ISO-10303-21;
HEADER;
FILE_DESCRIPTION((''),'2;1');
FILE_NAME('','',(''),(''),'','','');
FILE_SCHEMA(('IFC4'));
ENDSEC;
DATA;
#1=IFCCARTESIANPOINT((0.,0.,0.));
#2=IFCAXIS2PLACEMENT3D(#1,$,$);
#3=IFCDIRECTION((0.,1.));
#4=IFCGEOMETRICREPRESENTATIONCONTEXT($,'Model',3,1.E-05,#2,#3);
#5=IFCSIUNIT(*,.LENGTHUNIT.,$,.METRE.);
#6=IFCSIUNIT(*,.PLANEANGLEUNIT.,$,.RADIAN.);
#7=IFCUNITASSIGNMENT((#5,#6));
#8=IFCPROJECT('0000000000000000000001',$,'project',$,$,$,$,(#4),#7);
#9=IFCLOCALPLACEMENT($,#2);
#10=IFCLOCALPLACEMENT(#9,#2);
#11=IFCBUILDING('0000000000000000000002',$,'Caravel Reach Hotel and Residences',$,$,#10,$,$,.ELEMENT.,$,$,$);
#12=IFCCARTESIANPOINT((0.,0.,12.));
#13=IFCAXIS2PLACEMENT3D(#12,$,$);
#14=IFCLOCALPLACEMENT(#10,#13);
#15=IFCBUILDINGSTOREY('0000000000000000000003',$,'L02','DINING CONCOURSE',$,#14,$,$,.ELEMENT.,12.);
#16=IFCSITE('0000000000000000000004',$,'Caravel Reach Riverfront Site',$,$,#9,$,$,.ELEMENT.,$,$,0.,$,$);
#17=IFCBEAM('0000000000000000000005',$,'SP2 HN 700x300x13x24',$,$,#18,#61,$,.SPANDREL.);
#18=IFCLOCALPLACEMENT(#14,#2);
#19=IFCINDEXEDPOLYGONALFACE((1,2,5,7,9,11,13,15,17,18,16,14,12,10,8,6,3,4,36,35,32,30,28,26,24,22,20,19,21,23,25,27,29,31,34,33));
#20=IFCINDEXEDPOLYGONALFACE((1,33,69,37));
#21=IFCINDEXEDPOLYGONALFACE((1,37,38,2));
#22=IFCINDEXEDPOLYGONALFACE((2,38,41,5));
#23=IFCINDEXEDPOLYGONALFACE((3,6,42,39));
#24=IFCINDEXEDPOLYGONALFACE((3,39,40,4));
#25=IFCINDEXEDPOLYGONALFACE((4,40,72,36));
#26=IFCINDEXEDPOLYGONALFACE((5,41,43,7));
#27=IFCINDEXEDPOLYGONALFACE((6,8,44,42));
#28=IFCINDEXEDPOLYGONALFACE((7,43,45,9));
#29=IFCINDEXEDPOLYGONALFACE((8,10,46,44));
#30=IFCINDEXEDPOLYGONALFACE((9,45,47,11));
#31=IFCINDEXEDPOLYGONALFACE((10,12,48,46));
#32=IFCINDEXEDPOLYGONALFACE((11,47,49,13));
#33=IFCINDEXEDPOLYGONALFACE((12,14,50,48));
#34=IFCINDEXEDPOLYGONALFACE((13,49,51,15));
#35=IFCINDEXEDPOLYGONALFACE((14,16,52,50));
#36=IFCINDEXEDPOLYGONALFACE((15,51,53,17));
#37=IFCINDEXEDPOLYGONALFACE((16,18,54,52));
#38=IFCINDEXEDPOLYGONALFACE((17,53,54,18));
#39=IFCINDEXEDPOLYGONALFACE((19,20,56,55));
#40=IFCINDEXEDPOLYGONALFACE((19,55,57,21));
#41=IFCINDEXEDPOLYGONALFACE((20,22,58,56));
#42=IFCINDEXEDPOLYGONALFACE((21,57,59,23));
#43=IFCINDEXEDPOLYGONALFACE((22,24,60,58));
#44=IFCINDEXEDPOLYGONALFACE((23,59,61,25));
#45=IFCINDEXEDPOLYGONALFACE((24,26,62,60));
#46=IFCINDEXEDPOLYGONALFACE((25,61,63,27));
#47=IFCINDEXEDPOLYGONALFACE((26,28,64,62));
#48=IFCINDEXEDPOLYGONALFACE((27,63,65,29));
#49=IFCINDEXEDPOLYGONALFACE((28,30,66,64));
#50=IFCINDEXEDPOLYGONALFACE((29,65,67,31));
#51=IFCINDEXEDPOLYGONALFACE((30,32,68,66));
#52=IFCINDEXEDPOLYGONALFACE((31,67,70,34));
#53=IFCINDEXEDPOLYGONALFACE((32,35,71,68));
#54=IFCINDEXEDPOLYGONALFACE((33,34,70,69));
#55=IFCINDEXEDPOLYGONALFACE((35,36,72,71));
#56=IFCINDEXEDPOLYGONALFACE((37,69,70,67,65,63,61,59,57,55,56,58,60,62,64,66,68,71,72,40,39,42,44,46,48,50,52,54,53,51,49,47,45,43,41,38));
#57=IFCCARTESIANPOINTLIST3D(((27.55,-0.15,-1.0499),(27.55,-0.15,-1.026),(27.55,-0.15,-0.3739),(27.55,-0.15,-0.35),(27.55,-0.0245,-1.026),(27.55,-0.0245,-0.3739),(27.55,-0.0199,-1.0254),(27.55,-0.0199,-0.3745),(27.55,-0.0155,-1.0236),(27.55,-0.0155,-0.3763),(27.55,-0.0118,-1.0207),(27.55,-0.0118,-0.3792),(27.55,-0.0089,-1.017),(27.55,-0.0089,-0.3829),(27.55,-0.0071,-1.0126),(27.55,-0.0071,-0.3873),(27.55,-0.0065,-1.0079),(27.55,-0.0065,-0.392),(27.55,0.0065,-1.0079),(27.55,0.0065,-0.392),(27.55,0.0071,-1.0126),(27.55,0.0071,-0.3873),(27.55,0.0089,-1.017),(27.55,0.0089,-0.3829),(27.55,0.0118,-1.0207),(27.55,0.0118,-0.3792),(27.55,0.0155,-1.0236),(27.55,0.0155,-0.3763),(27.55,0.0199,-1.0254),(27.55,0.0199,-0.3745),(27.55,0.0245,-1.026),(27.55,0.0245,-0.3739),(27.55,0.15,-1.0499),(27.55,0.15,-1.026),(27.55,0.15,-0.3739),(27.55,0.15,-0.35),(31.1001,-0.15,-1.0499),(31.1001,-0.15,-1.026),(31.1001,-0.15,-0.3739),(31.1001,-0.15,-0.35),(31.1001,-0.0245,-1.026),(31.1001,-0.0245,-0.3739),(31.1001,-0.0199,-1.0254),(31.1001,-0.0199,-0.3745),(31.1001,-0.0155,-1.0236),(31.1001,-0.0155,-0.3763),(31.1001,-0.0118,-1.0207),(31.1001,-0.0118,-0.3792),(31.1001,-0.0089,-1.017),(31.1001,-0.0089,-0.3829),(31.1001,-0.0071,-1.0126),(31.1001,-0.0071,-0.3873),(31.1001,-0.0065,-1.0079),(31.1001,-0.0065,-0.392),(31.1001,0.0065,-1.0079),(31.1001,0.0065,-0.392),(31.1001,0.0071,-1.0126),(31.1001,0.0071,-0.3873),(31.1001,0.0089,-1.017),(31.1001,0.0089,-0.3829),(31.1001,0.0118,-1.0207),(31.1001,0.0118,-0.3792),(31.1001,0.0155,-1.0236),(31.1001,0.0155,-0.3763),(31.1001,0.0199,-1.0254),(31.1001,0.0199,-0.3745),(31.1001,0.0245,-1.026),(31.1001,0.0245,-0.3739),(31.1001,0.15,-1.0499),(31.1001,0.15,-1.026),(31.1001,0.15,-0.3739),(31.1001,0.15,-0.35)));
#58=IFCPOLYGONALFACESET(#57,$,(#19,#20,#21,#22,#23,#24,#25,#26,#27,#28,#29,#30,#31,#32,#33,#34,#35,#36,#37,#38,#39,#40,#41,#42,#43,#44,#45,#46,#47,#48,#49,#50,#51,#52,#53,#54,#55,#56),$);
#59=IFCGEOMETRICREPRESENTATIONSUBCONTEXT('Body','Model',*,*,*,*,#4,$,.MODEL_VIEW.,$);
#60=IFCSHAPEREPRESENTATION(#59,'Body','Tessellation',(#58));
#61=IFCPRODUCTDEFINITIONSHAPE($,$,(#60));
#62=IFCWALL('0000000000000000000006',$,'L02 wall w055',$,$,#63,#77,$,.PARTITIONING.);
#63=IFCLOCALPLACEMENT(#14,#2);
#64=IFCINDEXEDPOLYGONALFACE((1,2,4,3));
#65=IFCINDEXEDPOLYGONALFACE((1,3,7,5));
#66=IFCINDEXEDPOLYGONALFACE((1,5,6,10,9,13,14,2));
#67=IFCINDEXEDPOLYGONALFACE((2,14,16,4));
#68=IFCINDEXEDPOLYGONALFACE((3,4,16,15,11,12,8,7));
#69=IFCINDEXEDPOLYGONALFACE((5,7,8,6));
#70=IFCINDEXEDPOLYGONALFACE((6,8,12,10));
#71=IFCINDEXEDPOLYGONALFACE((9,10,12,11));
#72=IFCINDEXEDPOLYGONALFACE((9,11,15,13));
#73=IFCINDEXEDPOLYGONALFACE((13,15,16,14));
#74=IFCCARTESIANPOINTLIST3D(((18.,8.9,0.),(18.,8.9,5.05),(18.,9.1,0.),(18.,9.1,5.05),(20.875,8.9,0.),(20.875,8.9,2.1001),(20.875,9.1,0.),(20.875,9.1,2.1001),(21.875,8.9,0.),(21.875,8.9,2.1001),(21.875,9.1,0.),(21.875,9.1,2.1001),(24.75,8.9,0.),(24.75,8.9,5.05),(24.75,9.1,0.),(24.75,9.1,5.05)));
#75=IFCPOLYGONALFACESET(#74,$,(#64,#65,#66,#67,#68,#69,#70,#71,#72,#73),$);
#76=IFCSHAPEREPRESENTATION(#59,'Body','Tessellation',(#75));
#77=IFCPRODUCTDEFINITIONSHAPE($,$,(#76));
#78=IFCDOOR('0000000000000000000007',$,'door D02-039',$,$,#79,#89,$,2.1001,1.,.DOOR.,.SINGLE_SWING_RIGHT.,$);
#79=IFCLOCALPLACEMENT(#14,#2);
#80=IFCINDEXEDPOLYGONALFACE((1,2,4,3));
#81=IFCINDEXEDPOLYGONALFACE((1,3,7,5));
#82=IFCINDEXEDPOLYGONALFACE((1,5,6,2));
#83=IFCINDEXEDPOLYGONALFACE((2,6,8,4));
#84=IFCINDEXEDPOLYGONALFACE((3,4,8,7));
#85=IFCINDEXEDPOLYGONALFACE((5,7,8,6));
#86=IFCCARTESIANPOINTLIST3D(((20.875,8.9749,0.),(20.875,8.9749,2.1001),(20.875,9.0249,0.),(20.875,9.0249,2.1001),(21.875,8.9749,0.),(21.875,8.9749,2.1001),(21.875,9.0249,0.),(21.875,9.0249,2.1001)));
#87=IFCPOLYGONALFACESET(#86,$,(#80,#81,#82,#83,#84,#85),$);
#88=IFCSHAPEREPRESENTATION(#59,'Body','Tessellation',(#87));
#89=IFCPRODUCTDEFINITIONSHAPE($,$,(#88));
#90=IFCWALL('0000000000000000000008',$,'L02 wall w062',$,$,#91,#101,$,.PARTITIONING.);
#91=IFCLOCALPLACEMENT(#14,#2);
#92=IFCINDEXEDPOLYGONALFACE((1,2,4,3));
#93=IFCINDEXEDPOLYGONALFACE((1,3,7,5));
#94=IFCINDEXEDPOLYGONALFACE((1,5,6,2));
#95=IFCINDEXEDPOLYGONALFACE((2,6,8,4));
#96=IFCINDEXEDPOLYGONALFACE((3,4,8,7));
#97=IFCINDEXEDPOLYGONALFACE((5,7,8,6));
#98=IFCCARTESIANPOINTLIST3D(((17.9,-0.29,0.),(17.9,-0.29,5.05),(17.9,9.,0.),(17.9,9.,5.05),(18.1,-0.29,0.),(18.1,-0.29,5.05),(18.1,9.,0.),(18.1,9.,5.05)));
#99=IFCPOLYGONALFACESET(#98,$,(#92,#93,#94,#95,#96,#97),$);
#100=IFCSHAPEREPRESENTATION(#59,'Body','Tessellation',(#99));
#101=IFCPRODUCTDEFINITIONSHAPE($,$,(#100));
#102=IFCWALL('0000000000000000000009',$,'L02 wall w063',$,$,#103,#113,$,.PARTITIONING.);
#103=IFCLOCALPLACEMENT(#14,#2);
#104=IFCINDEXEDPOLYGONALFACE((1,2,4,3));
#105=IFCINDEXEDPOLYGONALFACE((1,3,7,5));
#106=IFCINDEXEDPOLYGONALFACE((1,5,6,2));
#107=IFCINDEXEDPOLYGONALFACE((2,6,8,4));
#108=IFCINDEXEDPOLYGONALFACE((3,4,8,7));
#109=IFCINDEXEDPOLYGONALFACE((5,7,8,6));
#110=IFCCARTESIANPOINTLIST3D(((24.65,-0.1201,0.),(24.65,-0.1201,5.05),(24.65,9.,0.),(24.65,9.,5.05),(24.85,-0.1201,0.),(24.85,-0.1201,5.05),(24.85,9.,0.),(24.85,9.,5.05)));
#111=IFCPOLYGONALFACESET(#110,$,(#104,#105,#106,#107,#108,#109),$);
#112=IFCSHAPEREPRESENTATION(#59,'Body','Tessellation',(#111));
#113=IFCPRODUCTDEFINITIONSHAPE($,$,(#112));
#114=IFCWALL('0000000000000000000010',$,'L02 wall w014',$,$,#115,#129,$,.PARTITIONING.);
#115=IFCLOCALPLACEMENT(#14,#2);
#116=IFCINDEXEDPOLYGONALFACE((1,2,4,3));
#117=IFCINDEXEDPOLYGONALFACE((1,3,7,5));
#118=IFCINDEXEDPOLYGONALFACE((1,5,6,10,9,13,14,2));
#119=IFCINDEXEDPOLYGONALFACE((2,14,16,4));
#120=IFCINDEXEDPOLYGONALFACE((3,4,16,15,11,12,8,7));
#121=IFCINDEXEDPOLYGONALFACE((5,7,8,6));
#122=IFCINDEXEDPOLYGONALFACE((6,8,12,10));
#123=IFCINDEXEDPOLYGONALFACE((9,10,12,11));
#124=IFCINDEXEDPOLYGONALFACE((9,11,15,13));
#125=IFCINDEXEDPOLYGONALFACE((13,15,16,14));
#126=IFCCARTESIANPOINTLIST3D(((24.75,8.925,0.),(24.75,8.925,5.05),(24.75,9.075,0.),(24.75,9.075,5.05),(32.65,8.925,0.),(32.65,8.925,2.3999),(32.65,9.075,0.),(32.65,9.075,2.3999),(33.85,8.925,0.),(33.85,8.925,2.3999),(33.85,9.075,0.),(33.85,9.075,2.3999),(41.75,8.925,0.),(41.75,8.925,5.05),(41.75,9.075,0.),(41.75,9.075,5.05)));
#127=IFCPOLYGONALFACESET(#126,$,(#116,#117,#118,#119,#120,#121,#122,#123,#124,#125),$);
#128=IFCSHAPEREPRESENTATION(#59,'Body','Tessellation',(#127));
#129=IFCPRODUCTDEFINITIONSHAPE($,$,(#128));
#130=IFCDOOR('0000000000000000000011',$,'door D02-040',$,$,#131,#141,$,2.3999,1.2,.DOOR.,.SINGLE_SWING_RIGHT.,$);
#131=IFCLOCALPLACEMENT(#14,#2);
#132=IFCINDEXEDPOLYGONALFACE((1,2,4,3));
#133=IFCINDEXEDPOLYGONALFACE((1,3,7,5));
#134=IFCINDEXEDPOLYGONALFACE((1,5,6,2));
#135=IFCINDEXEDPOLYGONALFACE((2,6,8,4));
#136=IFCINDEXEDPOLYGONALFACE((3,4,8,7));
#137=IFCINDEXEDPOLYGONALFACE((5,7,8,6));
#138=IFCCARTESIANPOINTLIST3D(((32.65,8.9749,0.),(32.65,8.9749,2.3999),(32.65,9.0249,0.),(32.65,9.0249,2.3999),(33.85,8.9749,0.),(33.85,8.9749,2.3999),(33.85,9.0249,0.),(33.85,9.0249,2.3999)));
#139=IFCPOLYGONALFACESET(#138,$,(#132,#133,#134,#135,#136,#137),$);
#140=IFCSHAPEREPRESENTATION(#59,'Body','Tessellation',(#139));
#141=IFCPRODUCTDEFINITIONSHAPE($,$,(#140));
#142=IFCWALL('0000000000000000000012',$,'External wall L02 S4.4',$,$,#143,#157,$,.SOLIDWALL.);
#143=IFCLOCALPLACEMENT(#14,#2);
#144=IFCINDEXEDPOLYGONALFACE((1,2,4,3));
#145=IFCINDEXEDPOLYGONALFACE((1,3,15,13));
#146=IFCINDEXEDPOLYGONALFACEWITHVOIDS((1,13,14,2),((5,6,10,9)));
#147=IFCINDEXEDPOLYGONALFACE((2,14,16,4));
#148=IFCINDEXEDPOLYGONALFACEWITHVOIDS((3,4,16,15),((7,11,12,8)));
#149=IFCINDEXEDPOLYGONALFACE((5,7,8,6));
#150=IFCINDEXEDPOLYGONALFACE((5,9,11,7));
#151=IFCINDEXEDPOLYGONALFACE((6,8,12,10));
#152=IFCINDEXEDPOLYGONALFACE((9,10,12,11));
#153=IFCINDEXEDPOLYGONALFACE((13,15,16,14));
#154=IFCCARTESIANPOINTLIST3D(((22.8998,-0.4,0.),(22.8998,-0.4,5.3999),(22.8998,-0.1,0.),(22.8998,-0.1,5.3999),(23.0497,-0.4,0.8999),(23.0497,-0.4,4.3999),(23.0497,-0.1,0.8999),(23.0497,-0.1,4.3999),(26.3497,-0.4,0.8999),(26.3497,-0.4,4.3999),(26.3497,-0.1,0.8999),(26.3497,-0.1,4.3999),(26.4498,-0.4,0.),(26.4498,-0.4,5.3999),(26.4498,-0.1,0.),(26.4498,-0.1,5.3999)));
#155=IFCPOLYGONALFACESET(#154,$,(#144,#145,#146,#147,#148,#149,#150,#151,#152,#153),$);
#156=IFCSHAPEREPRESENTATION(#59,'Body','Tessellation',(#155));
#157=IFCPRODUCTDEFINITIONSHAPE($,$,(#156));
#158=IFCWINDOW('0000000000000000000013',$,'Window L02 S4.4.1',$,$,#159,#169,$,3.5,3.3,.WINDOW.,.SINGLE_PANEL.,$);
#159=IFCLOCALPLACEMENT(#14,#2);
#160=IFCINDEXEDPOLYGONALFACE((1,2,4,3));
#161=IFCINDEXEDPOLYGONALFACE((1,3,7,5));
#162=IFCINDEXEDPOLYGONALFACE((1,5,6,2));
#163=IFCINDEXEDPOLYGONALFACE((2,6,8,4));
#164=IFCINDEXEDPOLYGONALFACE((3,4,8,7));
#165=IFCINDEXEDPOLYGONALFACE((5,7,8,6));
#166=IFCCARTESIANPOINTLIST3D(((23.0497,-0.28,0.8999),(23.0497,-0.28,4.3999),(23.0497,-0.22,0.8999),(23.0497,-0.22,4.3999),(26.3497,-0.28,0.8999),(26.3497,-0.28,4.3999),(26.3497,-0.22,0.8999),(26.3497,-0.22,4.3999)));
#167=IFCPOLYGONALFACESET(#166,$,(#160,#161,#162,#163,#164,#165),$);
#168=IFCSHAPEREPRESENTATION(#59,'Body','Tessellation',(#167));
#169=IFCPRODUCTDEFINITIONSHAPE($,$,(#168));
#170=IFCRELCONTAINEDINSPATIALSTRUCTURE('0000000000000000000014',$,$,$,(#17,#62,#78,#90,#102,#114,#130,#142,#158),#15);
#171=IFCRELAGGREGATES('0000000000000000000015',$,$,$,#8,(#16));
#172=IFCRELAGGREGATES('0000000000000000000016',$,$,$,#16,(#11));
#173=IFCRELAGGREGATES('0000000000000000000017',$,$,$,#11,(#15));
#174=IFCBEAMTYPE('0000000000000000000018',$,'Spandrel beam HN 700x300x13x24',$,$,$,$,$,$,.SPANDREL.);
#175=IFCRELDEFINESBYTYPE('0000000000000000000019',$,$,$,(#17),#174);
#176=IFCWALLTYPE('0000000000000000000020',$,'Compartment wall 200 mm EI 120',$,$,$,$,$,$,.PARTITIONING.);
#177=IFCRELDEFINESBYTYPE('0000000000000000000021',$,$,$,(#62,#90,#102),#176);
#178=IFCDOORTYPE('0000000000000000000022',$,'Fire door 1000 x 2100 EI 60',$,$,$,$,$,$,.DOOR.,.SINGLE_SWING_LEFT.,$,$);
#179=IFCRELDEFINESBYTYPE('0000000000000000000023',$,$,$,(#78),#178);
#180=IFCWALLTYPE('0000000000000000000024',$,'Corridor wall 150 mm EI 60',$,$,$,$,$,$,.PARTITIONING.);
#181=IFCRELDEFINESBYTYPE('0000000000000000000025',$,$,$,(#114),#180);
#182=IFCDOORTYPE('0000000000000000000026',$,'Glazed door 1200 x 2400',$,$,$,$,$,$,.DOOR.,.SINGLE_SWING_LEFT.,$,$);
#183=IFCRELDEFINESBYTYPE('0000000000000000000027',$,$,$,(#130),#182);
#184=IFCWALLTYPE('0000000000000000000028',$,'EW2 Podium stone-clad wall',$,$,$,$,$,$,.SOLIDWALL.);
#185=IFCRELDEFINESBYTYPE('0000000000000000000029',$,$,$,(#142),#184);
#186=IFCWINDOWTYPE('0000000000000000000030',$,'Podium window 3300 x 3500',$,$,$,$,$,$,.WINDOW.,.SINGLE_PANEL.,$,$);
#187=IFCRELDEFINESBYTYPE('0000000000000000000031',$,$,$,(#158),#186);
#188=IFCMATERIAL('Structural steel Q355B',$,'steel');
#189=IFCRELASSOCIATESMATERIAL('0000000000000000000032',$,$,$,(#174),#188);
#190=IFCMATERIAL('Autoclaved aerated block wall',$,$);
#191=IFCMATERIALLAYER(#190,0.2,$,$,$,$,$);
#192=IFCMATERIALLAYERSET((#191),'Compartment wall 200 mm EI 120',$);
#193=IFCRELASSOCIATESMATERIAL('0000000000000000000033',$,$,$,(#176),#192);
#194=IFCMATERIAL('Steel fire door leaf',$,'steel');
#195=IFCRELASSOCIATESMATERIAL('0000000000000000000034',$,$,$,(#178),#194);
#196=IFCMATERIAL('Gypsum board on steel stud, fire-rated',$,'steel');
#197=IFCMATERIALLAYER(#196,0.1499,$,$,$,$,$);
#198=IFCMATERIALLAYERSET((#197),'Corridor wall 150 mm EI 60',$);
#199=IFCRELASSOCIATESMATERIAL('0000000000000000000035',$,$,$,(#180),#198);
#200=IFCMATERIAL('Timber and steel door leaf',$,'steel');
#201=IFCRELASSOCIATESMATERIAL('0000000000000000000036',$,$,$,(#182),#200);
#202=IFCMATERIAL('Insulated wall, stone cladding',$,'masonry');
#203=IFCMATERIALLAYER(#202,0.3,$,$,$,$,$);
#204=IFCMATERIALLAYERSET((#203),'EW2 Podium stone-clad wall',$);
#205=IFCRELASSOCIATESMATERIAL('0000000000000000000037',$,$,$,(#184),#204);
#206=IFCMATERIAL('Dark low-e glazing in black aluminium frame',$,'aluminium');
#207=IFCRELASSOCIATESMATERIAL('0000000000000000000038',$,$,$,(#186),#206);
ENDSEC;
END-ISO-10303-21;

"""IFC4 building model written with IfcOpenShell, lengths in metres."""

from ifc_helpers import new_model, si_unit, direction, frame, frame_2d, origin, origin_2d, place, context, subcontext, project, spatial, rectangle, i_section, extrude, material, layer, layer_set, material_profile, profile_set, type_object, element, fill, save


model = new_model("IFC4")

# Units and contexts
model_context = context("Model", 3, precision=1e-05, world=origin(), true_north=direction((0.0, 1.0)))
body_context = subcontext(model_context, "Body", "Model", "MODEL_VIEW")
ifc_project = project(units=[si_unit("LENGTHUNIT", "METRE"), si_unit("PLANEANGLEUNIT", "RADIAN")], contexts=[model_context])

# Site, building, storey
site_placement = place(None, origin())
site = spatial("IfcSite", under=ifc_project, at=site_placement, Name="Caravel Reach Riverfront Site", CompositionType="ELEMENT", RefElevation=0.0)
building_placement = place(site_placement, origin())
building = spatial("IfcBuilding", under=site, at=building_placement, Name="Caravel Reach Hotel and Residences", CompositionType="ELEMENT")
storey_placement = place(building_placement, frame((0.0, 0.0, 12.0)))
storey = spatial("IfcBuildingStorey", under=building, at=storey_placement, Name="L02", Description="DINING CONCOURSE", CompositionType="ELEMENT", Elevation=12.0)

# Beam
ifc_material_1 = material(Name="Structural steel Q355B", Category="steel")
ifc_material_profile_1 = material_profile(ifc_material_1, i_section(OverallWidth=0.3, OverallDepth=0.7, WebThickness=0.0129, FlangeThickness=0.0239, FilletRadius=0.0181, at=origin_2d()), Name="HN 700x300x13x24")
ifc_profile_set_1 = profile_set([ifc_material_profile_1], Name="Structural steel Q355B")
beam_type = type_object("IfcBeamType", Name="Spandrel beam HN 700x300x13x24", PredefinedType="SPANDREL", material=ifc_profile_set_1)
for number, where, z_axis, x_axis, name in (
    (1, (27.55, 0.0, -0.7), (1.0, 0.0, 0.0), (0.0, 1.0, 0.0), "SP2 HN 700x300x13x24"),
):
    element("IfcBeam", number, at=place(storey_placement, frame(where, z_axis=z_axis, x_axis=x_axis)), inside=storey, type_object=beam_type, Name=name, PredefinedType="SPANDREL", context=body_context, shape_type="SweptSolid", body=[
        extrude(i_section(OverallWidth=0.3, OverallDepth=0.7, WebThickness=0.0129, FlangeThickness=0.0239, FilletRadius=0.0181, at=origin_2d()), origin(), (0.0, 0.0, 1.0), 3.55),
    ])

# Wall, opening, door
ifc_material_2 = material(Name="Autoclaved aerated block wall")
ifc_layer_1 = layer(ifc_material_2, 0.2)
ifc_layer_set_1 = layer_set([ifc_layer_1], Name="Compartment wall 200 mm EI 120")
wall_type_1 = type_object("IfcWallType", Name="Compartment wall 200 mm EI 120", PredefinedType="PARTITIONING", material=ifc_layer_set_1)
wall_1_placement = place(storey_placement, frame((18.0, 9.0, 0.0), z_axis=(0.0, 0.0, 1.0), x_axis=(1.0, 0.0, 0.0)))
wall_1 = element("IfcWall", 2, at=wall_1_placement, inside=storey, type_object=wall_type_1, Name="L02 wall w055", PredefinedType="PARTITIONING", context=body_context, shape_type="SweptSolid", body=[
    extrude(rectangle(XDim=6.75, YDim=0.2, at=frame_2d((3.375, 0.0))), origin(), (0.0, 0.0, 1.0), 5.05),
])
opening_1_placement = place(wall_1_placement, frame((2.875, 0.0, 0.0)))
opening_1 = element("IfcOpeningElement", 3, at=opening_1_placement, cuts=wall_1, PredefinedType="OPENING", context=body_context, shape_type="SweptSolid", body=[
    extrude(rectangle(XDim=1.0, YDim=2.1001, at=frame_2d((0.5, 1.05))), frame((0.0, 0.1099, 0.0), z_axis=(0.0, -1.0, 0.0), x_axis=(1.0, 0.0, 0.0)), (0.0, 0.0, 1.0), 0.22),
])
ifc_material_3 = material(Name="Steel fire door leaf", Category="steel")
door_type_1 = type_object("IfcDoorType", Name="Fire door 1000 x 2100 EI 60", OperationType="SINGLE_SWING_LEFT", PredefinedType="DOOR", material=ifc_material_3)
door_1_placement = place(opening_1_placement, origin())
door_1 = element("IfcDoor", 4, at=door_1_placement, inside=storey, type_object=door_type_1, Name="door D02-039", OperationType="SINGLE_SWING_RIGHT", OverallHeight=2.1001, OverallWidth=1.0, PredefinedType="DOOR", context=body_context, shape_type="SweptSolid", body=[
    extrude(rectangle(XDim=1.0, YDim=2.1001, at=frame_2d((0.5, 1.05))), frame((0.0, 0.0249, 0.0), z_axis=(0.0, -1.0, 0.0), x_axis=(1.0, 0.0, 0.0)), (0.0, 0.0, 1.0), 0.05),
])
fill(opening_1, door_1)

# Walls
wall_2_placement = place(storey_placement, frame((18.0, -0.29, 0.0), z_axis=(0.0, 0.0, 1.0), x_axis=(0.0, 1.0, 0.0)))
element("IfcWall", 5, at=wall_2_placement, inside=storey, type_object=wall_type_1, Name="L02 wall w062", PredefinedType="PARTITIONING", context=body_context, shape_type="SweptSolid", body=[
    extrude(rectangle(XDim=9.29, YDim=0.2, at=frame_2d((4.645, 0.0))), origin(), (0.0, 0.0, 1.0), 5.05),
])
wall_3_placement = place(storey_placement, frame((24.75, -0.1201, 0.0), z_axis=(0.0, 0.0, 1.0), x_axis=(0.0, 1.0, 0.0)))
element("IfcWall", 6, at=wall_3_placement, inside=storey, type_object=wall_type_1, Name="L02 wall w063", PredefinedType="PARTITIONING", context=body_context, shape_type="SweptSolid", body=[
    extrude(rectangle(XDim=9.1201, YDim=0.2, at=frame_2d((4.5601, 0.0))), origin(), (0.0, 0.0, 1.0), 5.05),
])

# Wall, opening, door
ifc_material_4 = material(Name="Gypsum board on steel stud, fire-rated", Category="steel")
ifc_layer_2 = layer(ifc_material_4, 0.1499)
ifc_layer_set_2 = layer_set([ifc_layer_2], Name="Corridor wall 150 mm EI 60")
wall_type_2 = type_object("IfcWallType", Name="Corridor wall 150 mm EI 60", PredefinedType="PARTITIONING", material=ifc_layer_set_2)
wall_4_placement = place(storey_placement, frame((24.75, 9.0, 0.0), z_axis=(0.0, 0.0, 1.0), x_axis=(1.0, 0.0, 0.0)))
wall_4 = element("IfcWall", 7, at=wall_4_placement, inside=storey, type_object=wall_type_2, Name="L02 wall w014", PredefinedType="PARTITIONING", context=body_context, shape_type="SweptSolid", body=[
    extrude(rectangle(XDim=17.0, YDim=0.1499, at=frame_2d((8.5, 0.0))), origin(), (0.0, 0.0, 1.0), 5.05),
])
opening_2_placement = place(wall_4_placement, frame((7.8999, 0.0, 0.0)))
opening_2 = element("IfcOpeningElement", 8, at=opening_2_placement, cuts=wall_4, PredefinedType="OPENING", context=body_context, shape_type="SweptSolid", body=[
    extrude(rectangle(XDim=1.2, YDim=2.3999, at=frame_2d((0.6001, 1.2))), frame((0.0, 0.085, 0.0), z_axis=(0.0, -1.0, 0.0), x_axis=(1.0, 0.0, 0.0)), (0.0, 0.0, 1.0), 0.1699),
])
ifc_material_5 = material(Name="Timber and steel door leaf", Category="steel")
door_type_2 = type_object("IfcDoorType", Name="Glazed door 1200 x 2400", OperationType="SINGLE_SWING_LEFT", PredefinedType="DOOR", material=ifc_material_5)
door_2_placement = place(opening_2_placement, origin())
door_2 = element("IfcDoor", 9, at=door_2_placement, inside=storey, type_object=door_type_2, Name="door D02-040", OperationType="SINGLE_SWING_RIGHT", OverallHeight=2.3999, OverallWidth=1.2, PredefinedType="DOOR", context=body_context, shape_type="SweptSolid", body=[
    extrude(rectangle(XDim=1.2, YDim=2.3999, at=frame_2d((0.6001, 1.2))), frame((0.0, 0.0249, 0.0), z_axis=(0.0, -1.0, 0.0), x_axis=(1.0, 0.0, 0.0)), (0.0, 0.0, 1.0), 0.05),
])
fill(opening_2, door_2)

# Wall, opening, window
ifc_material_6 = material(Name="Insulated wall, stone cladding", Category="masonry")
ifc_layer_3 = layer(ifc_material_6, 0.3)
ifc_layer_set_3 = layer_set([ifc_layer_3], Name="EW2 Podium stone-clad wall")
wall_type_3 = type_object("IfcWallType", Name="EW2 Podium stone-clad wall", PredefinedType="SOLIDWALL", material=ifc_layer_set_3)
wall_5_placement = place(storey_placement, frame((22.8999, -0.25, 0.0), z_axis=(0.0, 0.0, 1.0), x_axis=(1.0, 0.0, 0.0)))
wall_5 = element("IfcWall", 10, at=wall_5_placement, inside=storey, type_object=wall_type_3, Name="External wall L02 S4.4", PredefinedType="SOLIDWALL", context=body_context, shape_type="SweptSolid", body=[
    extrude(rectangle(XDim=3.55, YDim=0.3, at=frame_2d((1.7749, 0.0))), origin(), (0.0, 0.0, 1.0), 5.3999),
])
opening_3_placement = place(wall_5_placement, frame((0.1499, 0.0, 0.8999)))
opening_3 = element("IfcOpeningElement", 11, at=opening_3_placement, cuts=wall_5, PredefinedType="OPENING", context=body_context, shape_type="SweptSolid", body=[
    extrude(rectangle(XDim=3.3, YDim=3.5, at=frame_2d((1.6499, 1.75))), frame((0.0, 0.1599, 0.0), z_axis=(0.0, -1.0, 0.0), x_axis=(1.0, 0.0, 0.0)), (0.0, 0.0, 1.0), 0.3201),
])
ifc_material_7 = material(Name="Dark low-e glazing in black aluminium frame", Category="aluminium")
window_type = type_object("IfcWindowType", Name="Podium window 3300 x 3500", PartitioningType="SINGLE_PANEL", PredefinedType="WINDOW", material=ifc_material_7)
window_placement = place(opening_3_placement, origin())
window = element("IfcWindow", 12, at=window_placement, inside=storey, type_object=window_type, Name="Window L02 S4.4.1", OverallHeight=3.5, OverallWidth=3.3, PartitioningType="SINGLE_PANEL", PredefinedType="WINDOW", context=body_context, shape_type="SweptSolid", body=[
    extrude(rectangle(XDim=3.3, YDim=3.5, at=frame_2d((1.6499, 1.75))), frame((0.0, 0.03, 0.0), z_axis=(0.0, -1.0, 0.0), x_axis=(1.0, 0.0, 0.0)), (0.0, 0.0, 1.0), 0.0601),
])
fill(opening_3, window)

save(model, "model.ifc")
